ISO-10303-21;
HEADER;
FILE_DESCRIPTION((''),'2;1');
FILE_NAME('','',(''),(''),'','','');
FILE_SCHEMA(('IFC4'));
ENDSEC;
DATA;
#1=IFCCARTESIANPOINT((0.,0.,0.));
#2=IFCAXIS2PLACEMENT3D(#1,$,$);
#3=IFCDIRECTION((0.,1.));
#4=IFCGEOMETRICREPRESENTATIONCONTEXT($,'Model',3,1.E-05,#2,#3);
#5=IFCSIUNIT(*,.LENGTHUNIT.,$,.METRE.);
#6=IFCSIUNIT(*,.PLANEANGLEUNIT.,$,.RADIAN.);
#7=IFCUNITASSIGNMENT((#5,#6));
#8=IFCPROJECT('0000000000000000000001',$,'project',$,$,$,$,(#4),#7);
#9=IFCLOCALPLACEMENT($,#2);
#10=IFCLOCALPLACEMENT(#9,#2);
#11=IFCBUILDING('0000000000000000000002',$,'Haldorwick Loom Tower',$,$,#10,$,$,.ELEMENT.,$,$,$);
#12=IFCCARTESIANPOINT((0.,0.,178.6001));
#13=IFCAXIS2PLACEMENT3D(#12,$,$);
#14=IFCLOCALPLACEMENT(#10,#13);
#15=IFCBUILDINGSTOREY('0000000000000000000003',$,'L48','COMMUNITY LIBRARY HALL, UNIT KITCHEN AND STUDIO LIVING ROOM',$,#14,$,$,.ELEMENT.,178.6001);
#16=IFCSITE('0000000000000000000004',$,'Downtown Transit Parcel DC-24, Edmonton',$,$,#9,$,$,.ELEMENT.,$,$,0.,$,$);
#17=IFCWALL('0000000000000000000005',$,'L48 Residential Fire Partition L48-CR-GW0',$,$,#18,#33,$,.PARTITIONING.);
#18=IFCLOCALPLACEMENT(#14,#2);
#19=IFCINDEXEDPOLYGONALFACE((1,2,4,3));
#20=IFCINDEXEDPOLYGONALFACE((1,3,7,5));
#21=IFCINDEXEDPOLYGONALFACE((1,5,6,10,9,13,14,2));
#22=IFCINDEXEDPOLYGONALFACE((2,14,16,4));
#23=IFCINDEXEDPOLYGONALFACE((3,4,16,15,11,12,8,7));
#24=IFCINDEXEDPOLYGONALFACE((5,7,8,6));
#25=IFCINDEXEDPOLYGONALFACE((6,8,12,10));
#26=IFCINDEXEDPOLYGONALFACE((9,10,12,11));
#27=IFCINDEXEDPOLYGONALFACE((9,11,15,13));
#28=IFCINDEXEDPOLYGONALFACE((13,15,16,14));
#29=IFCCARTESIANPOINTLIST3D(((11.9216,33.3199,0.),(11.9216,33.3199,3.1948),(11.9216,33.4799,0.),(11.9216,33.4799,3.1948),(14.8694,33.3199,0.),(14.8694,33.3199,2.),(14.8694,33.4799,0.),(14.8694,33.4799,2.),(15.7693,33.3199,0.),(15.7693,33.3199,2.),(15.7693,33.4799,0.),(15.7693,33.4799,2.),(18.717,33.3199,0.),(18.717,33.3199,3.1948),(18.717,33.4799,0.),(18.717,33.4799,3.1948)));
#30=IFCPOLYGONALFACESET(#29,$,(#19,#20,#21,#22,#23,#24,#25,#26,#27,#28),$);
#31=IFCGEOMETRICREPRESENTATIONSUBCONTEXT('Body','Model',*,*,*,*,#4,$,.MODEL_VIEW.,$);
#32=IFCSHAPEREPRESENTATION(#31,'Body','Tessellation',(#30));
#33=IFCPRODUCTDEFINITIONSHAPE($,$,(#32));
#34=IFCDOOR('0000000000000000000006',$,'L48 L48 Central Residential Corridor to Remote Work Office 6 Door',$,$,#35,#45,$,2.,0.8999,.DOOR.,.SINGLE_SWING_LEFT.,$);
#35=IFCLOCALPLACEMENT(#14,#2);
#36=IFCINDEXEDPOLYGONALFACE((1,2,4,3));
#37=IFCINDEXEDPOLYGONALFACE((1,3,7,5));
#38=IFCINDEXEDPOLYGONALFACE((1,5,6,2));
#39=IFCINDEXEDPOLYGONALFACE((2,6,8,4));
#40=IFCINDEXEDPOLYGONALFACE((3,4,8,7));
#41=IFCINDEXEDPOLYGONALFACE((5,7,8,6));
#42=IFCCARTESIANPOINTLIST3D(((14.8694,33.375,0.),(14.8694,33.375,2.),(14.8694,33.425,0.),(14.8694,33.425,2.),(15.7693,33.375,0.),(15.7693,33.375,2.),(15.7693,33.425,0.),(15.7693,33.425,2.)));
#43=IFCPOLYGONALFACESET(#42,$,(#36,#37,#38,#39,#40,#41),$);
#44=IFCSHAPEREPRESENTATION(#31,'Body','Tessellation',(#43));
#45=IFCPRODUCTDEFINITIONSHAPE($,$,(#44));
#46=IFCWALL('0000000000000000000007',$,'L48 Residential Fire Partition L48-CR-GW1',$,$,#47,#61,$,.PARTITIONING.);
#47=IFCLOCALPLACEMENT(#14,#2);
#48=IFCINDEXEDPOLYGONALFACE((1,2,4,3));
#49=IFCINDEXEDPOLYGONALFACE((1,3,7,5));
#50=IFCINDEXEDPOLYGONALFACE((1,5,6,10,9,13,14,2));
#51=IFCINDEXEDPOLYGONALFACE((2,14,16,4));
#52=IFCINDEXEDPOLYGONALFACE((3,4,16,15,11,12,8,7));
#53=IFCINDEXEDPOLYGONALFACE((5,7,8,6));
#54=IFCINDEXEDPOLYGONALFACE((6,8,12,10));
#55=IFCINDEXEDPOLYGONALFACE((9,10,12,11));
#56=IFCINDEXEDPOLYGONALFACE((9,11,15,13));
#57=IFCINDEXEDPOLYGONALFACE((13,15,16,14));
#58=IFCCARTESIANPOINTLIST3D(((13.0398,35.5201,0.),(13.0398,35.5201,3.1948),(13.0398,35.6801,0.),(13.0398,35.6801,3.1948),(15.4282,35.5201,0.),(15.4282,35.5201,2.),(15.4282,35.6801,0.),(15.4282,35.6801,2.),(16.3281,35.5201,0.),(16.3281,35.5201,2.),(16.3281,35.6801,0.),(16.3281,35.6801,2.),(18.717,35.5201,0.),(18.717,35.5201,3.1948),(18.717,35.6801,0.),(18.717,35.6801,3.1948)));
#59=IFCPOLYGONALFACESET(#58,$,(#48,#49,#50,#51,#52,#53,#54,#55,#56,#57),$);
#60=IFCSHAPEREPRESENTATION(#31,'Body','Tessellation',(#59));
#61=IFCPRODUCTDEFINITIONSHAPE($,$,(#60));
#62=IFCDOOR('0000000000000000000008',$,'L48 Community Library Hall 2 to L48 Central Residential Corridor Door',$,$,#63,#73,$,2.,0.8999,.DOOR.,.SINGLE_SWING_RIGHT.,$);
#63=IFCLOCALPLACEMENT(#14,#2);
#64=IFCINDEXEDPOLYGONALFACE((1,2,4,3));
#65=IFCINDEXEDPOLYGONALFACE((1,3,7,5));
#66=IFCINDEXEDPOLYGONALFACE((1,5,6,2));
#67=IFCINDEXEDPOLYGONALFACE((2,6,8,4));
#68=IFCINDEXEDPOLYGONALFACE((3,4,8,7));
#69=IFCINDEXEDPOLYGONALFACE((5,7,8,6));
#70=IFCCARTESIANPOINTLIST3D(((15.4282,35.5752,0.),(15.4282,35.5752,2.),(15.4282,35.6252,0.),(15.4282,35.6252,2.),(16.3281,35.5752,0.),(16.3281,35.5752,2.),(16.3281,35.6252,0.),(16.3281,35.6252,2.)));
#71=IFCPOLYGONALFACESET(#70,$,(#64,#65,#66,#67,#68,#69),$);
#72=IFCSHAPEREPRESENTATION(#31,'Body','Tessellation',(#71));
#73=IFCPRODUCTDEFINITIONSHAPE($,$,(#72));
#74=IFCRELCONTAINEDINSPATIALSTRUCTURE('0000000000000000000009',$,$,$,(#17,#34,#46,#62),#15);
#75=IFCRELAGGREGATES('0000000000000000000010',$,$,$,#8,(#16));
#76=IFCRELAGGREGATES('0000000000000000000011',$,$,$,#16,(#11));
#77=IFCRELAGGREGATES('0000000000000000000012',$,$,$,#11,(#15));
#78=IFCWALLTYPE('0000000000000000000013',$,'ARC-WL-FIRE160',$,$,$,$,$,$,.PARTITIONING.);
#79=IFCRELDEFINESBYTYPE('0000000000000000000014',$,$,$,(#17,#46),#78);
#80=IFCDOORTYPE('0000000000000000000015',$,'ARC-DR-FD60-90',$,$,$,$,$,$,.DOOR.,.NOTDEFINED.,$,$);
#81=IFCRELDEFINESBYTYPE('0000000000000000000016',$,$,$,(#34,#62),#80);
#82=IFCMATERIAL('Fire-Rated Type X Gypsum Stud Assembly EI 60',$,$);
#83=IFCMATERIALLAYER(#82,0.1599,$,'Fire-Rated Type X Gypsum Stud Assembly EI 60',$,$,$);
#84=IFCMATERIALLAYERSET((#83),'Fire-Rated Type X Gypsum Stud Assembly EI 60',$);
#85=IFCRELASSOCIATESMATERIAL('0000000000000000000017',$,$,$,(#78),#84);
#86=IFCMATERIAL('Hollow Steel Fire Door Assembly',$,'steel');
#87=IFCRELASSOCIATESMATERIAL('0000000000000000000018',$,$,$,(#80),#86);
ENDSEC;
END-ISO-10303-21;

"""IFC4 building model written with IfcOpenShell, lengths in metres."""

from ifc_helpers import new_model, si_unit, direction, frame, frame_2d, origin, place, context, subcontext, project, spatial, rectangle, extrude, material, layer, layer_set, type_object, element, fill, save


model = new_model("IFC4")

# Units and contexts
model_context = context("Model", 3, precision=1e-05, world=origin(), true_north=direction((0.0, 1.0)))
body_context = subcontext(model_context, "Body", "Model", "MODEL_VIEW")
ifc_project = project(units=[si_unit("LENGTHUNIT", "METRE"), si_unit("PLANEANGLEUNIT", "RADIAN")], contexts=[model_context])

# Site, building, storey
site_placement = place(None, origin())
site = spatial("IfcSite", under=ifc_project, at=site_placement, Name="Downtown Transit Parcel DC-24, Edmonton", CompositionType="ELEMENT", RefElevation=0.0)
building_placement = place(site_placement, origin())
building = spatial("IfcBuilding", under=site, at=building_placement, Name="Haldorwick Loom Tower", CompositionType="ELEMENT")
storey_placement = place(building_placement, frame((0.0, 0.0, 178.6001)))
storey = spatial("IfcBuildingStorey", under=building, at=storey_placement, Name="L48", Description="COMMUNITY LIBRARY HALL, UNIT KITCHEN AND STUDIO LIVING ROOM", CompositionType="ELEMENT", Elevation=178.6001)

# Shared definitions
ifc_material_1 = material(Name="Fire-Rated Type X Gypsum Stud Assembly EI 60")
ifc_layer_1 = layer(ifc_material_1, 0.1599, Name="Fire-Rated Type X Gypsum Stud Assembly EI 60")
ifc_layer_set_1 = layer_set([ifc_layer_1], Name="Fire-Rated Type X Gypsum Stud Assembly EI 60")
wall_type_1 = type_object("IfcWallType", Name="ARC-WL-FIRE160", PredefinedType="PARTITIONING", material=ifc_layer_set_1)

# Walls, openings, doors
wall_1_placement = place(storey_placement, frame((11.9216, 33.3999, 0.0), z_axis=(0.0, 0.0, 1.0), x_axis=(1.0, 0.0, 0.0)))
wall_1 = element("IfcWall", 1, at=wall_1_placement, inside=storey, type_object=wall_type_1, Name="L48 Residential Fire Partition L48-CR-GW0", PredefinedType="PARTITIONING", context=body_context, shape_type="SweptSolid", body=[
    extrude(rectangle(XDim=6.7954, YDim=0.1599, at=frame_2d((3.3977, 0.0))), origin(), (0.0, 0.0, 1.0), 3.1948),
])
opening_1_placement = place(wall_1_placement, frame((2.9478, 0.0, 0.0)))
opening_1 = element("IfcOpeningElement", 2, at=opening_1_placement, cuts=wall_1, PredefinedType="OPENING", context=body_context, shape_type="SweptSolid", body=[
    extrude(rectangle(XDim=0.8999, YDim=2.0, at=frame_2d((0.45, 1.0))), frame((0.0, 0.0898, 0.0), z_axis=(0.0, -1.0, 0.0), x_axis=(1.0, 0.0, 0.0)), (0.0, 0.0, 1.0), 0.1799),
])
ifc_material_2 = material(Name="Hollow Steel Fire Door Assembly", Category="steel")
door_type_1 = type_object("IfcDoorType", Name="ARC-DR-FD60-90", OperationType="NOTDEFINED", PredefinedType="DOOR", material=ifc_material_2)
door_1_placement = place(opening_1_placement, frame((0.8999, 0.0, 0.0), z_axis=(0.0, 0.0, 1.0), x_axis=(-1.0, 0.0, 0.0)))
door_1 = element("IfcDoor", 3, at=door_1_placement, inside=storey, type_object=door_type_1, Name="L48 L48 Central Residential Corridor to Remote Work Office 6 Door", OperationType="SINGLE_SWING_LEFT", OverallHeight=2.0, OverallWidth=0.8999, PredefinedType="DOOR", context=body_context, shape_type="SweptSolid", body=[
    extrude(rectangle(XDim=0.8999, YDim=2.0, at=frame_2d((0.45, 1.0))), frame((0.0, 0.0249, 0.0), z_axis=(0.0, -1.0, 0.0), x_axis=(1.0, 0.0, 0.0)), (0.0, 0.0, 1.0), 0.05),
])
fill(opening_1, door_1)
wall_2_placement = place(storey_placement, frame((13.0398, 35.6001, 0.0), z_axis=(0.0, 0.0, 1.0), x_axis=(1.0, 0.0, 0.0)))
wall_2 = element("IfcWall", 4, at=wall_2_placement, inside=storey, type_object=wall_type_1, Name="L48 Residential Fire Partition L48-CR-GW1", PredefinedType="PARTITIONING", context=body_context, shape_type="SweptSolid", body=[
    extrude(rectangle(XDim=5.6772, YDim=0.1599, at=frame_2d((2.8386, 0.0))), origin(), (0.0, 0.0, 1.0), 3.1948),
])
opening_2_placement = place(wall_2_placement, frame((2.3884, 0.0, 0.0)))
opening_2 = element("IfcOpeningElement", 5, at=opening_2_placement, cuts=wall_2, PredefinedType="OPENING", context=body_context, shape_type="SweptSolid", body=[
    extrude(rectangle(XDim=0.8999, YDim=2.0, at=frame_2d((0.45, 1.0))), frame((0.0, 0.0898, 0.0), z_axis=(0.0, -1.0, 0.0), x_axis=(1.0, 0.0, 0.0)), (0.0, 0.0, 1.0), 0.1799),
])
door_2_placement = place(opening_2_placement, frame((0.8999, 0.0, 0.0), z_axis=(0.0, 0.0, 1.0), x_axis=(-1.0, 0.0, 0.0)))
door_2 = element("IfcDoor", 6, at=door_2_placement, inside=storey, type_object=door_type_1, Name="L48 Community Library Hall 2 to L48 Central Residential Corridor Door", OperationType="SINGLE_SWING_RIGHT", OverallHeight=2.0, OverallWidth=0.8999, PredefinedType="DOOR", context=body_context, shape_type="SweptSolid", body=[
    extrude(rectangle(XDim=0.8999, YDim=2.0, at=frame_2d((0.45, 1.0))), frame((0.0, 0.0249, 0.0), z_axis=(0.0, -1.0, 0.0), x_axis=(1.0, 0.0, 0.0)), (0.0, 0.0, 1.0), 0.05),
])
fill(opening_2, door_2)

save(model, "model.ifc")
